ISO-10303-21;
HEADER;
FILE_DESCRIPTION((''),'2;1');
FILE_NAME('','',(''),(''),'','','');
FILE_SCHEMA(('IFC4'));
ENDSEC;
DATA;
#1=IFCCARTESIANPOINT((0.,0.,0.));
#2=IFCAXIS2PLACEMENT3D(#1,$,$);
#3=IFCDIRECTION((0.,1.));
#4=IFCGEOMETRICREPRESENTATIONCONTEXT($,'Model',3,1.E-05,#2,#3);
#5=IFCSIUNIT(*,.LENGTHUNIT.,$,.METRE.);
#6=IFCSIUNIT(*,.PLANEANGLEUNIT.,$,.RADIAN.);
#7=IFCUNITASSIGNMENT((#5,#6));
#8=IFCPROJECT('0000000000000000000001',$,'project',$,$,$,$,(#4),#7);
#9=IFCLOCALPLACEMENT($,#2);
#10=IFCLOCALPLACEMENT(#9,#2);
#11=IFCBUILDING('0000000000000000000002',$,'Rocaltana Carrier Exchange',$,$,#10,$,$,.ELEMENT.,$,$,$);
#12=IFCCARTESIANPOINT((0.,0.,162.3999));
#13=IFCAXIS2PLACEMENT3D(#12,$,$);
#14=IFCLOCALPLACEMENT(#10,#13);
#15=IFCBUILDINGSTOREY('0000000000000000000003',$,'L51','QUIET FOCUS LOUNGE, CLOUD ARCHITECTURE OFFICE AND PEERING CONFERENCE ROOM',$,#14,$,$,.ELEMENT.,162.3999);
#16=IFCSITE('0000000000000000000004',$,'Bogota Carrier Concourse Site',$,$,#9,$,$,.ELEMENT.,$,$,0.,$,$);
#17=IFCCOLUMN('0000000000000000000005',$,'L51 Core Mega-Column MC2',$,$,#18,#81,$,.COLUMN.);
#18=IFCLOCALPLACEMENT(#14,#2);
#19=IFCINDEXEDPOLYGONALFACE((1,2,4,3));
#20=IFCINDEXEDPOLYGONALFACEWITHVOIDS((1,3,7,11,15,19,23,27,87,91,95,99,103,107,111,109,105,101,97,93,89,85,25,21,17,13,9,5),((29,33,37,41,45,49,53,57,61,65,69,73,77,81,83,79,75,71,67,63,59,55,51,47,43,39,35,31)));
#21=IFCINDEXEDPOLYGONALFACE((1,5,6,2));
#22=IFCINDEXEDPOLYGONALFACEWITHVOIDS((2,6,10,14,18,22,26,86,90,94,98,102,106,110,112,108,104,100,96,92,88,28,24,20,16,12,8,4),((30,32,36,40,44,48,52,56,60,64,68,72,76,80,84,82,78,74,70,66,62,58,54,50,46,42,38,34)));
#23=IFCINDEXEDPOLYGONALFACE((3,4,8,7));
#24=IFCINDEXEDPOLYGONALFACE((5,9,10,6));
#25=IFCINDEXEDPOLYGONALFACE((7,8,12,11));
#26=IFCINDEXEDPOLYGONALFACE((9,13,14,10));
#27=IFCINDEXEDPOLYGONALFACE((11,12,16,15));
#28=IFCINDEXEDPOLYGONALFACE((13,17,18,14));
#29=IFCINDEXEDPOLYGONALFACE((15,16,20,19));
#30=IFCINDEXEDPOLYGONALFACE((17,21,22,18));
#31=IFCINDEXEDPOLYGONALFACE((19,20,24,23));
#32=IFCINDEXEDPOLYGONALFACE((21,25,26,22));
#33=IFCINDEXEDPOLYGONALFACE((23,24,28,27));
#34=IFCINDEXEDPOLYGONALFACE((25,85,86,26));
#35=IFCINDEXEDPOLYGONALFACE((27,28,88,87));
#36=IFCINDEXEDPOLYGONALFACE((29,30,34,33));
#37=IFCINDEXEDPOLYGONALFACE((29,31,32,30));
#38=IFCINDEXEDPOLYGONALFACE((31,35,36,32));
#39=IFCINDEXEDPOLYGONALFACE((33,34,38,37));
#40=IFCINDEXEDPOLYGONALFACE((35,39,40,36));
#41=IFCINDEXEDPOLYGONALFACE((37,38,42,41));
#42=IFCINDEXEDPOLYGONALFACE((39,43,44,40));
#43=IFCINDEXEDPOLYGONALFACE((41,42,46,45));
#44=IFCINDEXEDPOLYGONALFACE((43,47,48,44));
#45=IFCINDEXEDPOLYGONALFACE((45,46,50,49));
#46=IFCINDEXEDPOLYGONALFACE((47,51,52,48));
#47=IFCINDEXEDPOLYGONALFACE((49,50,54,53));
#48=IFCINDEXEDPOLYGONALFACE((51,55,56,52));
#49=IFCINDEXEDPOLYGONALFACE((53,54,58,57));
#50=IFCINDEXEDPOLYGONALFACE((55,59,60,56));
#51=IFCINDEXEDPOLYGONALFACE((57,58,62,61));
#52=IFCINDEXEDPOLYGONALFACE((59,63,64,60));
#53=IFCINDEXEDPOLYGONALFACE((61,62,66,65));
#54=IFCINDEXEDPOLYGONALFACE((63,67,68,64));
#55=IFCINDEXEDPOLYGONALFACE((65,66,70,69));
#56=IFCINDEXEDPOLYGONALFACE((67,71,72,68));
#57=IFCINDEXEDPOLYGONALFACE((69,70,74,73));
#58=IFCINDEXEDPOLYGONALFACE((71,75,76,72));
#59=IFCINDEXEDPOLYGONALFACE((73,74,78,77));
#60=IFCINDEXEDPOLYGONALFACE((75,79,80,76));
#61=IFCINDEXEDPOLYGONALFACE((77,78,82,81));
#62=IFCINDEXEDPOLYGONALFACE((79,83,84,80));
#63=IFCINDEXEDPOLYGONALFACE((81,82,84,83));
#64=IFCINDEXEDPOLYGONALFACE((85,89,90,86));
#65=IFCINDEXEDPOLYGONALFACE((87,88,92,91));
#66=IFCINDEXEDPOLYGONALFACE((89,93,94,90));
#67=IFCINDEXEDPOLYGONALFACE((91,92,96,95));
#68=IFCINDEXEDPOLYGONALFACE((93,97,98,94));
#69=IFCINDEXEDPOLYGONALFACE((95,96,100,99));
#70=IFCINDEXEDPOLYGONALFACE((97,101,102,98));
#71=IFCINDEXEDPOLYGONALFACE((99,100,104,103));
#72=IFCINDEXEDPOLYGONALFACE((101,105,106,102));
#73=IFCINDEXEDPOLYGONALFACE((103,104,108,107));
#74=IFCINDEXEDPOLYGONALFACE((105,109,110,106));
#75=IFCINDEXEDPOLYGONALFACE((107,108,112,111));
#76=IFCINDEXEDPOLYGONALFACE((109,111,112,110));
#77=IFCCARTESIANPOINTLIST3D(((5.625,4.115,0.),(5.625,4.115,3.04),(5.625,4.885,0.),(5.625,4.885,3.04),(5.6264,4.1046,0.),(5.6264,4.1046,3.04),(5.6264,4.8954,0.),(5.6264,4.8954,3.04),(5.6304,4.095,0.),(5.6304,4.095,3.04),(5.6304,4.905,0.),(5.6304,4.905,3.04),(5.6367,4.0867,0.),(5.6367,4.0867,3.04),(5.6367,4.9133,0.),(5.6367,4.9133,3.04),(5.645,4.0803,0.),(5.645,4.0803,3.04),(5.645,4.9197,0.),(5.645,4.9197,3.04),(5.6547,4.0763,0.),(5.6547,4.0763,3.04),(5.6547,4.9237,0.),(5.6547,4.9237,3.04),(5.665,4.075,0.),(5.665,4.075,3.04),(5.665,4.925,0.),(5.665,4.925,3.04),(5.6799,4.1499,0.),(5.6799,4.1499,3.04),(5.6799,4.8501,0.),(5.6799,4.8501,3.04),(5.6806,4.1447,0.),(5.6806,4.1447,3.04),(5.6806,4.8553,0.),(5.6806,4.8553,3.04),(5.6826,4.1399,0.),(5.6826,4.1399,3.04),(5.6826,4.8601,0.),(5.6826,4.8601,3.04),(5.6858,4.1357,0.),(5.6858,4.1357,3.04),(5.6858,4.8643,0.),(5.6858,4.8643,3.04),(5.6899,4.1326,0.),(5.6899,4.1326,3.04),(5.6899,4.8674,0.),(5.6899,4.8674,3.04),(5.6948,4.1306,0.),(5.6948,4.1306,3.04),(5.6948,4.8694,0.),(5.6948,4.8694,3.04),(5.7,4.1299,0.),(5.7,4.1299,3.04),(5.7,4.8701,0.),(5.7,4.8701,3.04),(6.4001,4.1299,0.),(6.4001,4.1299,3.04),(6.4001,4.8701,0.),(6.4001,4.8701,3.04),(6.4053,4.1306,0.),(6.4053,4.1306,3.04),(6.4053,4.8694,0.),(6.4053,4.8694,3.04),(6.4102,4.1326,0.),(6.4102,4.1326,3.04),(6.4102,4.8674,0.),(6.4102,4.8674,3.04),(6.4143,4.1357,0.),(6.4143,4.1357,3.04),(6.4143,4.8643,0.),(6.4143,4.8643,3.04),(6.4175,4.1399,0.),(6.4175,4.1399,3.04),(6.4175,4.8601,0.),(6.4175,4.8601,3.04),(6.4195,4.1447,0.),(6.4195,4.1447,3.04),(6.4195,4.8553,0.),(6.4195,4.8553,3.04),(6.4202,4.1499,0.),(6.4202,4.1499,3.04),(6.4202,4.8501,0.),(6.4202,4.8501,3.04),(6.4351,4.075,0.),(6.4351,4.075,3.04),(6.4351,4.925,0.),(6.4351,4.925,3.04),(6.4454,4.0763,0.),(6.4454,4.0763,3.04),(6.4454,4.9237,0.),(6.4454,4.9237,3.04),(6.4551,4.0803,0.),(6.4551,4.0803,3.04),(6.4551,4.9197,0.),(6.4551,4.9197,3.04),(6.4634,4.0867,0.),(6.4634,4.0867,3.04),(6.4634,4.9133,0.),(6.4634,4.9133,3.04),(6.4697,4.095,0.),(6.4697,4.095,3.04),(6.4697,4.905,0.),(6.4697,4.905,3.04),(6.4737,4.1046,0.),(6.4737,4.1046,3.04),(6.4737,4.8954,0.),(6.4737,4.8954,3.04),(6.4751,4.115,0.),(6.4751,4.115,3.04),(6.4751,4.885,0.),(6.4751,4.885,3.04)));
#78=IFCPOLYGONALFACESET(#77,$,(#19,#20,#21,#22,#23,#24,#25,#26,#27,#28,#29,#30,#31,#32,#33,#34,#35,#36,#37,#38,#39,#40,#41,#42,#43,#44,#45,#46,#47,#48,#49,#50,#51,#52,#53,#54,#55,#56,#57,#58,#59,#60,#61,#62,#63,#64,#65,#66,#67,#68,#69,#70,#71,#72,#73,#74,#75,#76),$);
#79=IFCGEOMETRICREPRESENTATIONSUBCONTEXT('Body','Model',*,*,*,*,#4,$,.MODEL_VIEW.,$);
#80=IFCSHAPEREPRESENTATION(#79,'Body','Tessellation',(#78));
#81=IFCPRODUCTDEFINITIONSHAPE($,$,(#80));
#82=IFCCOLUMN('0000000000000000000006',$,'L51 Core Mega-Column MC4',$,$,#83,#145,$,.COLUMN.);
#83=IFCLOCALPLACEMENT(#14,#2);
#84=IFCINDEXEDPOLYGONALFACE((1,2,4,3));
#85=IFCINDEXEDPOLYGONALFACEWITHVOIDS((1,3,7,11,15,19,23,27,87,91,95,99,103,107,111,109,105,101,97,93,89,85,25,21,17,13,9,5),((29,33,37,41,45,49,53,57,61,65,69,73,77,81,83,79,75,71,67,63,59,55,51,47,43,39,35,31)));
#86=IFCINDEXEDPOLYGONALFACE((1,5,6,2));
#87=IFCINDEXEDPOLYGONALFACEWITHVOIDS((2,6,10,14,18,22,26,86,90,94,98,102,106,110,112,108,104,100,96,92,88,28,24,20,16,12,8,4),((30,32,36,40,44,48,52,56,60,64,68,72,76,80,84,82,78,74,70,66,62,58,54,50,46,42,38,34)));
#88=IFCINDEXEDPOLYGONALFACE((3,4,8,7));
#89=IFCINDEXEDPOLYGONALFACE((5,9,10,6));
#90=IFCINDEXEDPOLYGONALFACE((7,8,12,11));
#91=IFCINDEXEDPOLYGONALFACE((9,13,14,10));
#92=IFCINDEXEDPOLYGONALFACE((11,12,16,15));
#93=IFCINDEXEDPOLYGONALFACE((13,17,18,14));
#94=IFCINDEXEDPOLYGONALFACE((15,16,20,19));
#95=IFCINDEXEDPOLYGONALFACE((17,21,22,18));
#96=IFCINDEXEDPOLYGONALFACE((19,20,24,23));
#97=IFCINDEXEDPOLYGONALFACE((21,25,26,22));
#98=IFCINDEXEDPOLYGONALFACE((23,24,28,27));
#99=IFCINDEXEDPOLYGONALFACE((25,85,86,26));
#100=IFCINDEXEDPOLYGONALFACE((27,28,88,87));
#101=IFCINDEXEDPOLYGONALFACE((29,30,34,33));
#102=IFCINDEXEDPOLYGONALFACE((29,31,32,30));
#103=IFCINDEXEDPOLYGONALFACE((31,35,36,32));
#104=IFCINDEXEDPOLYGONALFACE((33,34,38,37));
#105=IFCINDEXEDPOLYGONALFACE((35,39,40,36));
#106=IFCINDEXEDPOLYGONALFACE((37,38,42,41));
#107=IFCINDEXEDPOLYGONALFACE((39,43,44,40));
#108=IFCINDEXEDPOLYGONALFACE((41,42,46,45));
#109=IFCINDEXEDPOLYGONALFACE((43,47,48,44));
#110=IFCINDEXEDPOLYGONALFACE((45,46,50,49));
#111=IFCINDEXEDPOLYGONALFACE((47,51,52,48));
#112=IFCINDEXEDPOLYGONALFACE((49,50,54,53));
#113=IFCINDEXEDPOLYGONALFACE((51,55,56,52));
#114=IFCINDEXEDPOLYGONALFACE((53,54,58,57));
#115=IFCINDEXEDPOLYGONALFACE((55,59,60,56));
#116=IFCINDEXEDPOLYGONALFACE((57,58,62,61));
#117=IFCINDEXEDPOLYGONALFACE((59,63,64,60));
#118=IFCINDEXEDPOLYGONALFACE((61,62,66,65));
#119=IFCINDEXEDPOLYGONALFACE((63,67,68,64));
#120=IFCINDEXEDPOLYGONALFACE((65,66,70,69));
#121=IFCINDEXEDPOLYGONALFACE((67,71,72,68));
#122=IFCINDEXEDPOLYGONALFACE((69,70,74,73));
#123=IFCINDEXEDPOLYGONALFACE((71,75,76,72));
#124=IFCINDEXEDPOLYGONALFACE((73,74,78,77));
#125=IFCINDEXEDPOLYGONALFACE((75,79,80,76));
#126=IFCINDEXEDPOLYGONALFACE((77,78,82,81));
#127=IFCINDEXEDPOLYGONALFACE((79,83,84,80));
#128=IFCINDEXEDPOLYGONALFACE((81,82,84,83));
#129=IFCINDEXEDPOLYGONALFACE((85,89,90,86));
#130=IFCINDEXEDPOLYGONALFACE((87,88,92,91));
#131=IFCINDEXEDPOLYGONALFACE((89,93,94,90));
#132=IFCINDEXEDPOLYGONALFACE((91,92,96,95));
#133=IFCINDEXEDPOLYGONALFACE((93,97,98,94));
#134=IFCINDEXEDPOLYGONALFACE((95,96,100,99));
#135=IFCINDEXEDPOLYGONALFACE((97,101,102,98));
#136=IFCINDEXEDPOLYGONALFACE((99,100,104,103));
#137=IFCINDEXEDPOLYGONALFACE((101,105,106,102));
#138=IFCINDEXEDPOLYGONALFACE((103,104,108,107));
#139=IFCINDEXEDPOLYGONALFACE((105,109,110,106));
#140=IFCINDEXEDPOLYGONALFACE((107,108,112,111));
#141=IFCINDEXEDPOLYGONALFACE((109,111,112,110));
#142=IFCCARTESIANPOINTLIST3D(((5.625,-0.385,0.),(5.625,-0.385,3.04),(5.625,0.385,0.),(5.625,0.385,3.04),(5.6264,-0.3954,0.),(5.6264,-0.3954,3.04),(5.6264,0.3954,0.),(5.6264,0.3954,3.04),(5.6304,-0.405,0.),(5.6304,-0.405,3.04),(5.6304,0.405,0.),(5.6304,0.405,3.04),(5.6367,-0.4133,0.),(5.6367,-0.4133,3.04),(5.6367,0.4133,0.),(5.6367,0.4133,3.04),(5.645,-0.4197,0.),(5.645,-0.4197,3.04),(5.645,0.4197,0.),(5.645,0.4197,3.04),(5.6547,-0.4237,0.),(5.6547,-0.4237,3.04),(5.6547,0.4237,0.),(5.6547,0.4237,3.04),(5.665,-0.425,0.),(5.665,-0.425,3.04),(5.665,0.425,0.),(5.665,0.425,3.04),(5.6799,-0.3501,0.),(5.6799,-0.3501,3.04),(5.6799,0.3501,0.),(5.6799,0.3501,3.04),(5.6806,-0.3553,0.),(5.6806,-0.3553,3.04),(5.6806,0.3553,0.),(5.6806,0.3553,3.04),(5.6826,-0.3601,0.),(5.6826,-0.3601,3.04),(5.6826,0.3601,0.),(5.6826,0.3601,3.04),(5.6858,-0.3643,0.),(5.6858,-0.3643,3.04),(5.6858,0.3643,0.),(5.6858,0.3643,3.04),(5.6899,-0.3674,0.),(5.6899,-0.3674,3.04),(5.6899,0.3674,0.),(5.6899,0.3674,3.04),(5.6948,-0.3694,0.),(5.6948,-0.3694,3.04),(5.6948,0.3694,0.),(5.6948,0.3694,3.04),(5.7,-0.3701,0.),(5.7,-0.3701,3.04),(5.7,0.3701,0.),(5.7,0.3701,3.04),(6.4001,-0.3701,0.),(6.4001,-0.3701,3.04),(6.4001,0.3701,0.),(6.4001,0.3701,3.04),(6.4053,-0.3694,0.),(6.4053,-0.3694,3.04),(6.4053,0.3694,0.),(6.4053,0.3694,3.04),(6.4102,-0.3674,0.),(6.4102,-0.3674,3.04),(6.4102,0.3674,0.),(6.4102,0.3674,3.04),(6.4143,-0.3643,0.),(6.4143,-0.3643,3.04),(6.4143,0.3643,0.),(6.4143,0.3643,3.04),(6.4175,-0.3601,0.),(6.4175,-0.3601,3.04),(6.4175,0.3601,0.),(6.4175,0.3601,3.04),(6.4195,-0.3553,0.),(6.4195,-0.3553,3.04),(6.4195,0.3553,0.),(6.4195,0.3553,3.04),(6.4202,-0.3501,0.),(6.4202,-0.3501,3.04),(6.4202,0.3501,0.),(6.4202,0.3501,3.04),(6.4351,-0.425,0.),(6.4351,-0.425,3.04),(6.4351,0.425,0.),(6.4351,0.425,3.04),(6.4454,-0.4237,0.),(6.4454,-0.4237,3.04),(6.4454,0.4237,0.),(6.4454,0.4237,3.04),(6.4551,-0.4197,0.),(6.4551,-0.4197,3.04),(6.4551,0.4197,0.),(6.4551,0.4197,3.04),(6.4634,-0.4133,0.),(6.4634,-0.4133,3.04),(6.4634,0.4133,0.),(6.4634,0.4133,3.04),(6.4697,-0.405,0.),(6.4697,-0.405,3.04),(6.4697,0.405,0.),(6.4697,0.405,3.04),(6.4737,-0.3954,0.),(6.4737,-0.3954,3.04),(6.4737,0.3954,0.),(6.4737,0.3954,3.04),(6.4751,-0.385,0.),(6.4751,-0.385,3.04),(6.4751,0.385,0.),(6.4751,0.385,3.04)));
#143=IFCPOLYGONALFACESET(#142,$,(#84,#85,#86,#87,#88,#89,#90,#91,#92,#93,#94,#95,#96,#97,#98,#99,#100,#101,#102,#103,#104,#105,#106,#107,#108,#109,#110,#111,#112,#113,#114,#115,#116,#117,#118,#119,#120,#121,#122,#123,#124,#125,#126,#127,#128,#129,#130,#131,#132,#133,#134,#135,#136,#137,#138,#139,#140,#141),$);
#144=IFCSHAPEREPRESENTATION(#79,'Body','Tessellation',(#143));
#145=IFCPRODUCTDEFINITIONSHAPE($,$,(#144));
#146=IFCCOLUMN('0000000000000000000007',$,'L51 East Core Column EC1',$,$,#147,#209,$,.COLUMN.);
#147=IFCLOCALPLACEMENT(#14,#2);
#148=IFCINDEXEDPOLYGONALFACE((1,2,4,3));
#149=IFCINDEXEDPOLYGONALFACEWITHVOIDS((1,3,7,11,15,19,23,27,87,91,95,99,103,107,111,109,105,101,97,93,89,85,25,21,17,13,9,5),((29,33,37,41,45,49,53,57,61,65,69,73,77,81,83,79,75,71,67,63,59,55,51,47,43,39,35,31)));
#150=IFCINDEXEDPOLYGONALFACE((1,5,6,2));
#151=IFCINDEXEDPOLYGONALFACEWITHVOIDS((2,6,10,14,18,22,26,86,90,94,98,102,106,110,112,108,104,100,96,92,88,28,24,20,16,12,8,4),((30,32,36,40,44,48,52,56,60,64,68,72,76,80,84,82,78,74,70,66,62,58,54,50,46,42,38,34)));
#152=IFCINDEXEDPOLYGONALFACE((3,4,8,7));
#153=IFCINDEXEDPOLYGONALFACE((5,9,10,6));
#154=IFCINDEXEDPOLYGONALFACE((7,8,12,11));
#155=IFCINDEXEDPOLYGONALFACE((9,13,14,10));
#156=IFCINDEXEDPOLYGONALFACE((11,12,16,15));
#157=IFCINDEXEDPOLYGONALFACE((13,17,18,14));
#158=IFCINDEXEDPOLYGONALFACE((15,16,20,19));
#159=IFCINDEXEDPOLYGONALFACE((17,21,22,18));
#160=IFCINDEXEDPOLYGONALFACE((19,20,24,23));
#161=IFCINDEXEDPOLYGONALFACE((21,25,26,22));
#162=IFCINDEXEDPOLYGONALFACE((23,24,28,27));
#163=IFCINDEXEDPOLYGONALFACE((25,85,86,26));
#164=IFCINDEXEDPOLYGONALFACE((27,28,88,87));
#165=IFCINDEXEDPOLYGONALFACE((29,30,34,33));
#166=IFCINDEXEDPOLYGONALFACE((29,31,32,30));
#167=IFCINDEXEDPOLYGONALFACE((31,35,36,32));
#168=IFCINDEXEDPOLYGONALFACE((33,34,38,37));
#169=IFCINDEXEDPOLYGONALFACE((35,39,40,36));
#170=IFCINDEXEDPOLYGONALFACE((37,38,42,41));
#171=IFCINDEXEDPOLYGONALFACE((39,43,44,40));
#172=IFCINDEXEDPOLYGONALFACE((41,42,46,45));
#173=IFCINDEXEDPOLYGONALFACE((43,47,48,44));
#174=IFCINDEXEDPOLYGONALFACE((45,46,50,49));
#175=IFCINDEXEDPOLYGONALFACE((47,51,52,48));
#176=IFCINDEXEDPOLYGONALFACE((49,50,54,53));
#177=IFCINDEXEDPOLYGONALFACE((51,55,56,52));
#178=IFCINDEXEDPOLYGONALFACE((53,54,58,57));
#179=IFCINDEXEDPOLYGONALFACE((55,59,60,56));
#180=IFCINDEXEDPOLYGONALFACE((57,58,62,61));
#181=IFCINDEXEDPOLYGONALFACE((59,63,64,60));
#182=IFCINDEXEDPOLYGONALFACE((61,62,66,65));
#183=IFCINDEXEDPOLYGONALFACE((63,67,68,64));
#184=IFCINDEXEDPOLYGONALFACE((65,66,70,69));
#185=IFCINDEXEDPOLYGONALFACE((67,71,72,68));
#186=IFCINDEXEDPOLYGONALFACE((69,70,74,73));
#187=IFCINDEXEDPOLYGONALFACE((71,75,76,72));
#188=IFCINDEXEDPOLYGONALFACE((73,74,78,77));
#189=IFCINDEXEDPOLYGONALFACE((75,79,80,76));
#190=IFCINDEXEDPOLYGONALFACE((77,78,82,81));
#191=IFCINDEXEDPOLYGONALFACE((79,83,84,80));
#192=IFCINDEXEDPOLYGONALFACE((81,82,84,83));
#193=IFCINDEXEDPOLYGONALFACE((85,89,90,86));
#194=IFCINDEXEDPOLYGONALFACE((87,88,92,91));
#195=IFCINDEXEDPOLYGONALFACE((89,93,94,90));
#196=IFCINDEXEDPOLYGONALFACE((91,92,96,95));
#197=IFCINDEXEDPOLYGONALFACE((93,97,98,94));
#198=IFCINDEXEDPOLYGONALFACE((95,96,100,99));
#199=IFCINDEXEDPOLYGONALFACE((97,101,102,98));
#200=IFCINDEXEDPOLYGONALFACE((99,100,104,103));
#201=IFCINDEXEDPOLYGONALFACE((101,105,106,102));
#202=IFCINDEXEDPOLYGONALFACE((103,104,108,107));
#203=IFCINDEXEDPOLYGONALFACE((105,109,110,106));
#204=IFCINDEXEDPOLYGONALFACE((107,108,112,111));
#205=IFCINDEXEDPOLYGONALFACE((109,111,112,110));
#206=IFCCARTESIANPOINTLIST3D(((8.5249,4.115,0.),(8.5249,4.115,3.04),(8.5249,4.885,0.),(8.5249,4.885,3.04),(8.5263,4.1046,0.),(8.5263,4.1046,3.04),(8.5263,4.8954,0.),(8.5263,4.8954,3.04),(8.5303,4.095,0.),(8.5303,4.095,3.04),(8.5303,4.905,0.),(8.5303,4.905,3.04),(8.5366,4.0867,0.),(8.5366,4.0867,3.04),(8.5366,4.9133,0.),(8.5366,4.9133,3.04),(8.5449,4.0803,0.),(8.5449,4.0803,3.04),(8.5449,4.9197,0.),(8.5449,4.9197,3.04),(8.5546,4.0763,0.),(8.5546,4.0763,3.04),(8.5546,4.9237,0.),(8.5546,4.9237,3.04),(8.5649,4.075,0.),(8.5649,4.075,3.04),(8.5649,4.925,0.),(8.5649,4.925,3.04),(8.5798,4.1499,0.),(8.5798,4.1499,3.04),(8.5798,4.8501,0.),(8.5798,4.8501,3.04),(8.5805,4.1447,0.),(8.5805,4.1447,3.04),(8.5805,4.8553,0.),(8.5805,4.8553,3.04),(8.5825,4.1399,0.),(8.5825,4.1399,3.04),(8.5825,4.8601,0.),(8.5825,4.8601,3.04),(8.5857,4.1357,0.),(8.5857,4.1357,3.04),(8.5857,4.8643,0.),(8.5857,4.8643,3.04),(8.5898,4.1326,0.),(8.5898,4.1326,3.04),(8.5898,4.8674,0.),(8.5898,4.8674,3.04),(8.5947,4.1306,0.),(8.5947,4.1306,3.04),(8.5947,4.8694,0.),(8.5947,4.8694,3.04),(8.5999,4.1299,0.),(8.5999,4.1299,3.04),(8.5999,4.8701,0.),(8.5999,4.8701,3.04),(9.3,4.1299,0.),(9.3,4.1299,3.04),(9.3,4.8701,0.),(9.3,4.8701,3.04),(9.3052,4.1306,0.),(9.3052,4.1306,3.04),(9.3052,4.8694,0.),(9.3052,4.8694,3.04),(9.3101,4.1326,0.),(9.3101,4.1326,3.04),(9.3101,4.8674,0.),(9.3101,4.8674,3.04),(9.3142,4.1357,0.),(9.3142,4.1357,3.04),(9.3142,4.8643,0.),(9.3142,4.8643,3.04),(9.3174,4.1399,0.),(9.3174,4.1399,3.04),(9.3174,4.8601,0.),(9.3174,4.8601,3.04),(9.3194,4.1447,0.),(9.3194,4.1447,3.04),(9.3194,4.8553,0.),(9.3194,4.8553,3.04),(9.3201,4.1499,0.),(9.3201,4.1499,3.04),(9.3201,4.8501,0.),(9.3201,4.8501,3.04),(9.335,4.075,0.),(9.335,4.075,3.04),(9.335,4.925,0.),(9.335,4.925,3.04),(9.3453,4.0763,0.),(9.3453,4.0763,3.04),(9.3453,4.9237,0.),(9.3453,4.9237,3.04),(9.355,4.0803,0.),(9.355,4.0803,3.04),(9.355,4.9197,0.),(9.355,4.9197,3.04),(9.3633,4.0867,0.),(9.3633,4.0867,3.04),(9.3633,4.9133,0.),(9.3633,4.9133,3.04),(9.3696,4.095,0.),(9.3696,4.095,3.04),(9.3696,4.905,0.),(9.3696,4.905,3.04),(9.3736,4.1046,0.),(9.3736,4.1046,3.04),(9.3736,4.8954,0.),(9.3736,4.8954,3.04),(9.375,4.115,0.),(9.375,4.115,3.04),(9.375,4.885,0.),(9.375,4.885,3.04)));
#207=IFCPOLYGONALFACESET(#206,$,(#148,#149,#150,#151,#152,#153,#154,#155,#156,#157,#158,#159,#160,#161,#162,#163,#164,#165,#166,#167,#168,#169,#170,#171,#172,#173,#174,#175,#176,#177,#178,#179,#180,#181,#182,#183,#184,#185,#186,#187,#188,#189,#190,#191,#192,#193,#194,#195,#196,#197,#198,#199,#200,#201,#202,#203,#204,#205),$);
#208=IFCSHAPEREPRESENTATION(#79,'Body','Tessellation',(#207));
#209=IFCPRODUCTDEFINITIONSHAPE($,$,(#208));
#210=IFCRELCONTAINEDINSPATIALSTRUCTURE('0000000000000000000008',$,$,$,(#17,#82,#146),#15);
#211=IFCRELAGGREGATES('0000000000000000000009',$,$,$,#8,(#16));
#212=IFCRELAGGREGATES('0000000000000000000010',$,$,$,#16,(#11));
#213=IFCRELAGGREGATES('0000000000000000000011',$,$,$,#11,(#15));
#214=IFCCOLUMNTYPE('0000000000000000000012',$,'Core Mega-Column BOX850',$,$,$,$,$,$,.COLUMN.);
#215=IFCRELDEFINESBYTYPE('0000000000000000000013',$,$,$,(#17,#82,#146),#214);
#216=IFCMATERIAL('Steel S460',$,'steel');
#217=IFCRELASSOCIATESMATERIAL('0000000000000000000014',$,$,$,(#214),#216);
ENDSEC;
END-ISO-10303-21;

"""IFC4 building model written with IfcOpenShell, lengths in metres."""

from ifc_helpers import new_model, si_unit, direction, frame, origin, origin_2d, place, context, subcontext, project, spatial, hollow_rectangle, extrude, material, material_profile, profile_set, type_object, element, save


model = new_model("IFC4")

# Units and contexts
model_context = context("Model", 3, precision=1e-05, world=origin(), true_north=direction((0.0, 1.0)))
body_context = subcontext(model_context, "Body", "Model", "MODEL_VIEW")
ifc_project = project(units=[si_unit("LENGTHUNIT", "METRE"), si_unit("PLANEANGLEUNIT", "RADIAN")], contexts=[model_context])

# Site, building, storey
site_placement = place(None, origin())
site = spatial("IfcSite", under=ifc_project, at=site_placement, Name="Bogota Carrier Concourse Site", CompositionType="ELEMENT", RefElevation=0.0)
building_placement = place(site_placement, origin())
building = spatial("IfcBuilding", under=site, at=building_placement, Name="Rocaltana Carrier Exchange", CompositionType="ELEMENT")
storey_placement = place(building_placement, frame((0.0, 0.0, 162.3999)))
storey = spatial("IfcBuildingStorey", under=building, at=storey_placement, Name="L51", Description="QUIET FOCUS LOUNGE, CLOUD ARCHITECTURE OFFICE AND PEERING CONFERENCE ROOM", CompositionType="ELEMENT", Elevation=162.3999)

# Columns
ifc_material_1 = material(Name="Steel S460", Category="steel")
ifc_material_profile_1 = material_profile(ifc_material_1, hollow_rectangle(XDim=0.8501, YDim=0.8501, WallThickness=0.0549, InnerFilletRadius=0.02, OuterFilletRadius=0.04, at=origin_2d()), Name="BOX850X850X55")
ifc_profile_set_1 = profile_set([ifc_material_profile_1], Name="Steel S460")
column_type = type_object("IfcColumnType", Name="Core Mega-Column BOX850", PredefinedType="COLUMN", material=ifc_profile_set_1)
for number, where, z_axis, x_axis, name in (
    (1, (6.05, 4.5, 0.0), (0.0, 0.0, 1.0), (1.0, 0.0, 0.0), "L51 Core Mega-Column MC2"),
    (2, (6.05, 0.0, 0.0), (0.0, 0.0, 1.0), (1.0, 0.0, 0.0), "L51 Core Mega-Column MC4"),
    (3, (8.95, 4.5, 0.0), (0.0, 0.0, 1.0), (1.0, 0.0, 0.0), "L51 East Core Column EC1"),
):
    element("IfcColumn", number, at=place(storey_placement, frame(where, z_axis=z_axis, x_axis=x_axis)), inside=storey, type_object=column_type, Name=name, PredefinedType="COLUMN", context=body_context, shape_type="SweptSolid", body=[
        extrude(hollow_rectangle(XDim=0.8501, YDim=0.8501, WallThickness=0.0549, InnerFilletRadius=0.02, OuterFilletRadius=0.04, at=origin_2d()), origin(), (0.0, 0.0, 1.0), 3.04),
    ])

save(model, "model.ifc")
